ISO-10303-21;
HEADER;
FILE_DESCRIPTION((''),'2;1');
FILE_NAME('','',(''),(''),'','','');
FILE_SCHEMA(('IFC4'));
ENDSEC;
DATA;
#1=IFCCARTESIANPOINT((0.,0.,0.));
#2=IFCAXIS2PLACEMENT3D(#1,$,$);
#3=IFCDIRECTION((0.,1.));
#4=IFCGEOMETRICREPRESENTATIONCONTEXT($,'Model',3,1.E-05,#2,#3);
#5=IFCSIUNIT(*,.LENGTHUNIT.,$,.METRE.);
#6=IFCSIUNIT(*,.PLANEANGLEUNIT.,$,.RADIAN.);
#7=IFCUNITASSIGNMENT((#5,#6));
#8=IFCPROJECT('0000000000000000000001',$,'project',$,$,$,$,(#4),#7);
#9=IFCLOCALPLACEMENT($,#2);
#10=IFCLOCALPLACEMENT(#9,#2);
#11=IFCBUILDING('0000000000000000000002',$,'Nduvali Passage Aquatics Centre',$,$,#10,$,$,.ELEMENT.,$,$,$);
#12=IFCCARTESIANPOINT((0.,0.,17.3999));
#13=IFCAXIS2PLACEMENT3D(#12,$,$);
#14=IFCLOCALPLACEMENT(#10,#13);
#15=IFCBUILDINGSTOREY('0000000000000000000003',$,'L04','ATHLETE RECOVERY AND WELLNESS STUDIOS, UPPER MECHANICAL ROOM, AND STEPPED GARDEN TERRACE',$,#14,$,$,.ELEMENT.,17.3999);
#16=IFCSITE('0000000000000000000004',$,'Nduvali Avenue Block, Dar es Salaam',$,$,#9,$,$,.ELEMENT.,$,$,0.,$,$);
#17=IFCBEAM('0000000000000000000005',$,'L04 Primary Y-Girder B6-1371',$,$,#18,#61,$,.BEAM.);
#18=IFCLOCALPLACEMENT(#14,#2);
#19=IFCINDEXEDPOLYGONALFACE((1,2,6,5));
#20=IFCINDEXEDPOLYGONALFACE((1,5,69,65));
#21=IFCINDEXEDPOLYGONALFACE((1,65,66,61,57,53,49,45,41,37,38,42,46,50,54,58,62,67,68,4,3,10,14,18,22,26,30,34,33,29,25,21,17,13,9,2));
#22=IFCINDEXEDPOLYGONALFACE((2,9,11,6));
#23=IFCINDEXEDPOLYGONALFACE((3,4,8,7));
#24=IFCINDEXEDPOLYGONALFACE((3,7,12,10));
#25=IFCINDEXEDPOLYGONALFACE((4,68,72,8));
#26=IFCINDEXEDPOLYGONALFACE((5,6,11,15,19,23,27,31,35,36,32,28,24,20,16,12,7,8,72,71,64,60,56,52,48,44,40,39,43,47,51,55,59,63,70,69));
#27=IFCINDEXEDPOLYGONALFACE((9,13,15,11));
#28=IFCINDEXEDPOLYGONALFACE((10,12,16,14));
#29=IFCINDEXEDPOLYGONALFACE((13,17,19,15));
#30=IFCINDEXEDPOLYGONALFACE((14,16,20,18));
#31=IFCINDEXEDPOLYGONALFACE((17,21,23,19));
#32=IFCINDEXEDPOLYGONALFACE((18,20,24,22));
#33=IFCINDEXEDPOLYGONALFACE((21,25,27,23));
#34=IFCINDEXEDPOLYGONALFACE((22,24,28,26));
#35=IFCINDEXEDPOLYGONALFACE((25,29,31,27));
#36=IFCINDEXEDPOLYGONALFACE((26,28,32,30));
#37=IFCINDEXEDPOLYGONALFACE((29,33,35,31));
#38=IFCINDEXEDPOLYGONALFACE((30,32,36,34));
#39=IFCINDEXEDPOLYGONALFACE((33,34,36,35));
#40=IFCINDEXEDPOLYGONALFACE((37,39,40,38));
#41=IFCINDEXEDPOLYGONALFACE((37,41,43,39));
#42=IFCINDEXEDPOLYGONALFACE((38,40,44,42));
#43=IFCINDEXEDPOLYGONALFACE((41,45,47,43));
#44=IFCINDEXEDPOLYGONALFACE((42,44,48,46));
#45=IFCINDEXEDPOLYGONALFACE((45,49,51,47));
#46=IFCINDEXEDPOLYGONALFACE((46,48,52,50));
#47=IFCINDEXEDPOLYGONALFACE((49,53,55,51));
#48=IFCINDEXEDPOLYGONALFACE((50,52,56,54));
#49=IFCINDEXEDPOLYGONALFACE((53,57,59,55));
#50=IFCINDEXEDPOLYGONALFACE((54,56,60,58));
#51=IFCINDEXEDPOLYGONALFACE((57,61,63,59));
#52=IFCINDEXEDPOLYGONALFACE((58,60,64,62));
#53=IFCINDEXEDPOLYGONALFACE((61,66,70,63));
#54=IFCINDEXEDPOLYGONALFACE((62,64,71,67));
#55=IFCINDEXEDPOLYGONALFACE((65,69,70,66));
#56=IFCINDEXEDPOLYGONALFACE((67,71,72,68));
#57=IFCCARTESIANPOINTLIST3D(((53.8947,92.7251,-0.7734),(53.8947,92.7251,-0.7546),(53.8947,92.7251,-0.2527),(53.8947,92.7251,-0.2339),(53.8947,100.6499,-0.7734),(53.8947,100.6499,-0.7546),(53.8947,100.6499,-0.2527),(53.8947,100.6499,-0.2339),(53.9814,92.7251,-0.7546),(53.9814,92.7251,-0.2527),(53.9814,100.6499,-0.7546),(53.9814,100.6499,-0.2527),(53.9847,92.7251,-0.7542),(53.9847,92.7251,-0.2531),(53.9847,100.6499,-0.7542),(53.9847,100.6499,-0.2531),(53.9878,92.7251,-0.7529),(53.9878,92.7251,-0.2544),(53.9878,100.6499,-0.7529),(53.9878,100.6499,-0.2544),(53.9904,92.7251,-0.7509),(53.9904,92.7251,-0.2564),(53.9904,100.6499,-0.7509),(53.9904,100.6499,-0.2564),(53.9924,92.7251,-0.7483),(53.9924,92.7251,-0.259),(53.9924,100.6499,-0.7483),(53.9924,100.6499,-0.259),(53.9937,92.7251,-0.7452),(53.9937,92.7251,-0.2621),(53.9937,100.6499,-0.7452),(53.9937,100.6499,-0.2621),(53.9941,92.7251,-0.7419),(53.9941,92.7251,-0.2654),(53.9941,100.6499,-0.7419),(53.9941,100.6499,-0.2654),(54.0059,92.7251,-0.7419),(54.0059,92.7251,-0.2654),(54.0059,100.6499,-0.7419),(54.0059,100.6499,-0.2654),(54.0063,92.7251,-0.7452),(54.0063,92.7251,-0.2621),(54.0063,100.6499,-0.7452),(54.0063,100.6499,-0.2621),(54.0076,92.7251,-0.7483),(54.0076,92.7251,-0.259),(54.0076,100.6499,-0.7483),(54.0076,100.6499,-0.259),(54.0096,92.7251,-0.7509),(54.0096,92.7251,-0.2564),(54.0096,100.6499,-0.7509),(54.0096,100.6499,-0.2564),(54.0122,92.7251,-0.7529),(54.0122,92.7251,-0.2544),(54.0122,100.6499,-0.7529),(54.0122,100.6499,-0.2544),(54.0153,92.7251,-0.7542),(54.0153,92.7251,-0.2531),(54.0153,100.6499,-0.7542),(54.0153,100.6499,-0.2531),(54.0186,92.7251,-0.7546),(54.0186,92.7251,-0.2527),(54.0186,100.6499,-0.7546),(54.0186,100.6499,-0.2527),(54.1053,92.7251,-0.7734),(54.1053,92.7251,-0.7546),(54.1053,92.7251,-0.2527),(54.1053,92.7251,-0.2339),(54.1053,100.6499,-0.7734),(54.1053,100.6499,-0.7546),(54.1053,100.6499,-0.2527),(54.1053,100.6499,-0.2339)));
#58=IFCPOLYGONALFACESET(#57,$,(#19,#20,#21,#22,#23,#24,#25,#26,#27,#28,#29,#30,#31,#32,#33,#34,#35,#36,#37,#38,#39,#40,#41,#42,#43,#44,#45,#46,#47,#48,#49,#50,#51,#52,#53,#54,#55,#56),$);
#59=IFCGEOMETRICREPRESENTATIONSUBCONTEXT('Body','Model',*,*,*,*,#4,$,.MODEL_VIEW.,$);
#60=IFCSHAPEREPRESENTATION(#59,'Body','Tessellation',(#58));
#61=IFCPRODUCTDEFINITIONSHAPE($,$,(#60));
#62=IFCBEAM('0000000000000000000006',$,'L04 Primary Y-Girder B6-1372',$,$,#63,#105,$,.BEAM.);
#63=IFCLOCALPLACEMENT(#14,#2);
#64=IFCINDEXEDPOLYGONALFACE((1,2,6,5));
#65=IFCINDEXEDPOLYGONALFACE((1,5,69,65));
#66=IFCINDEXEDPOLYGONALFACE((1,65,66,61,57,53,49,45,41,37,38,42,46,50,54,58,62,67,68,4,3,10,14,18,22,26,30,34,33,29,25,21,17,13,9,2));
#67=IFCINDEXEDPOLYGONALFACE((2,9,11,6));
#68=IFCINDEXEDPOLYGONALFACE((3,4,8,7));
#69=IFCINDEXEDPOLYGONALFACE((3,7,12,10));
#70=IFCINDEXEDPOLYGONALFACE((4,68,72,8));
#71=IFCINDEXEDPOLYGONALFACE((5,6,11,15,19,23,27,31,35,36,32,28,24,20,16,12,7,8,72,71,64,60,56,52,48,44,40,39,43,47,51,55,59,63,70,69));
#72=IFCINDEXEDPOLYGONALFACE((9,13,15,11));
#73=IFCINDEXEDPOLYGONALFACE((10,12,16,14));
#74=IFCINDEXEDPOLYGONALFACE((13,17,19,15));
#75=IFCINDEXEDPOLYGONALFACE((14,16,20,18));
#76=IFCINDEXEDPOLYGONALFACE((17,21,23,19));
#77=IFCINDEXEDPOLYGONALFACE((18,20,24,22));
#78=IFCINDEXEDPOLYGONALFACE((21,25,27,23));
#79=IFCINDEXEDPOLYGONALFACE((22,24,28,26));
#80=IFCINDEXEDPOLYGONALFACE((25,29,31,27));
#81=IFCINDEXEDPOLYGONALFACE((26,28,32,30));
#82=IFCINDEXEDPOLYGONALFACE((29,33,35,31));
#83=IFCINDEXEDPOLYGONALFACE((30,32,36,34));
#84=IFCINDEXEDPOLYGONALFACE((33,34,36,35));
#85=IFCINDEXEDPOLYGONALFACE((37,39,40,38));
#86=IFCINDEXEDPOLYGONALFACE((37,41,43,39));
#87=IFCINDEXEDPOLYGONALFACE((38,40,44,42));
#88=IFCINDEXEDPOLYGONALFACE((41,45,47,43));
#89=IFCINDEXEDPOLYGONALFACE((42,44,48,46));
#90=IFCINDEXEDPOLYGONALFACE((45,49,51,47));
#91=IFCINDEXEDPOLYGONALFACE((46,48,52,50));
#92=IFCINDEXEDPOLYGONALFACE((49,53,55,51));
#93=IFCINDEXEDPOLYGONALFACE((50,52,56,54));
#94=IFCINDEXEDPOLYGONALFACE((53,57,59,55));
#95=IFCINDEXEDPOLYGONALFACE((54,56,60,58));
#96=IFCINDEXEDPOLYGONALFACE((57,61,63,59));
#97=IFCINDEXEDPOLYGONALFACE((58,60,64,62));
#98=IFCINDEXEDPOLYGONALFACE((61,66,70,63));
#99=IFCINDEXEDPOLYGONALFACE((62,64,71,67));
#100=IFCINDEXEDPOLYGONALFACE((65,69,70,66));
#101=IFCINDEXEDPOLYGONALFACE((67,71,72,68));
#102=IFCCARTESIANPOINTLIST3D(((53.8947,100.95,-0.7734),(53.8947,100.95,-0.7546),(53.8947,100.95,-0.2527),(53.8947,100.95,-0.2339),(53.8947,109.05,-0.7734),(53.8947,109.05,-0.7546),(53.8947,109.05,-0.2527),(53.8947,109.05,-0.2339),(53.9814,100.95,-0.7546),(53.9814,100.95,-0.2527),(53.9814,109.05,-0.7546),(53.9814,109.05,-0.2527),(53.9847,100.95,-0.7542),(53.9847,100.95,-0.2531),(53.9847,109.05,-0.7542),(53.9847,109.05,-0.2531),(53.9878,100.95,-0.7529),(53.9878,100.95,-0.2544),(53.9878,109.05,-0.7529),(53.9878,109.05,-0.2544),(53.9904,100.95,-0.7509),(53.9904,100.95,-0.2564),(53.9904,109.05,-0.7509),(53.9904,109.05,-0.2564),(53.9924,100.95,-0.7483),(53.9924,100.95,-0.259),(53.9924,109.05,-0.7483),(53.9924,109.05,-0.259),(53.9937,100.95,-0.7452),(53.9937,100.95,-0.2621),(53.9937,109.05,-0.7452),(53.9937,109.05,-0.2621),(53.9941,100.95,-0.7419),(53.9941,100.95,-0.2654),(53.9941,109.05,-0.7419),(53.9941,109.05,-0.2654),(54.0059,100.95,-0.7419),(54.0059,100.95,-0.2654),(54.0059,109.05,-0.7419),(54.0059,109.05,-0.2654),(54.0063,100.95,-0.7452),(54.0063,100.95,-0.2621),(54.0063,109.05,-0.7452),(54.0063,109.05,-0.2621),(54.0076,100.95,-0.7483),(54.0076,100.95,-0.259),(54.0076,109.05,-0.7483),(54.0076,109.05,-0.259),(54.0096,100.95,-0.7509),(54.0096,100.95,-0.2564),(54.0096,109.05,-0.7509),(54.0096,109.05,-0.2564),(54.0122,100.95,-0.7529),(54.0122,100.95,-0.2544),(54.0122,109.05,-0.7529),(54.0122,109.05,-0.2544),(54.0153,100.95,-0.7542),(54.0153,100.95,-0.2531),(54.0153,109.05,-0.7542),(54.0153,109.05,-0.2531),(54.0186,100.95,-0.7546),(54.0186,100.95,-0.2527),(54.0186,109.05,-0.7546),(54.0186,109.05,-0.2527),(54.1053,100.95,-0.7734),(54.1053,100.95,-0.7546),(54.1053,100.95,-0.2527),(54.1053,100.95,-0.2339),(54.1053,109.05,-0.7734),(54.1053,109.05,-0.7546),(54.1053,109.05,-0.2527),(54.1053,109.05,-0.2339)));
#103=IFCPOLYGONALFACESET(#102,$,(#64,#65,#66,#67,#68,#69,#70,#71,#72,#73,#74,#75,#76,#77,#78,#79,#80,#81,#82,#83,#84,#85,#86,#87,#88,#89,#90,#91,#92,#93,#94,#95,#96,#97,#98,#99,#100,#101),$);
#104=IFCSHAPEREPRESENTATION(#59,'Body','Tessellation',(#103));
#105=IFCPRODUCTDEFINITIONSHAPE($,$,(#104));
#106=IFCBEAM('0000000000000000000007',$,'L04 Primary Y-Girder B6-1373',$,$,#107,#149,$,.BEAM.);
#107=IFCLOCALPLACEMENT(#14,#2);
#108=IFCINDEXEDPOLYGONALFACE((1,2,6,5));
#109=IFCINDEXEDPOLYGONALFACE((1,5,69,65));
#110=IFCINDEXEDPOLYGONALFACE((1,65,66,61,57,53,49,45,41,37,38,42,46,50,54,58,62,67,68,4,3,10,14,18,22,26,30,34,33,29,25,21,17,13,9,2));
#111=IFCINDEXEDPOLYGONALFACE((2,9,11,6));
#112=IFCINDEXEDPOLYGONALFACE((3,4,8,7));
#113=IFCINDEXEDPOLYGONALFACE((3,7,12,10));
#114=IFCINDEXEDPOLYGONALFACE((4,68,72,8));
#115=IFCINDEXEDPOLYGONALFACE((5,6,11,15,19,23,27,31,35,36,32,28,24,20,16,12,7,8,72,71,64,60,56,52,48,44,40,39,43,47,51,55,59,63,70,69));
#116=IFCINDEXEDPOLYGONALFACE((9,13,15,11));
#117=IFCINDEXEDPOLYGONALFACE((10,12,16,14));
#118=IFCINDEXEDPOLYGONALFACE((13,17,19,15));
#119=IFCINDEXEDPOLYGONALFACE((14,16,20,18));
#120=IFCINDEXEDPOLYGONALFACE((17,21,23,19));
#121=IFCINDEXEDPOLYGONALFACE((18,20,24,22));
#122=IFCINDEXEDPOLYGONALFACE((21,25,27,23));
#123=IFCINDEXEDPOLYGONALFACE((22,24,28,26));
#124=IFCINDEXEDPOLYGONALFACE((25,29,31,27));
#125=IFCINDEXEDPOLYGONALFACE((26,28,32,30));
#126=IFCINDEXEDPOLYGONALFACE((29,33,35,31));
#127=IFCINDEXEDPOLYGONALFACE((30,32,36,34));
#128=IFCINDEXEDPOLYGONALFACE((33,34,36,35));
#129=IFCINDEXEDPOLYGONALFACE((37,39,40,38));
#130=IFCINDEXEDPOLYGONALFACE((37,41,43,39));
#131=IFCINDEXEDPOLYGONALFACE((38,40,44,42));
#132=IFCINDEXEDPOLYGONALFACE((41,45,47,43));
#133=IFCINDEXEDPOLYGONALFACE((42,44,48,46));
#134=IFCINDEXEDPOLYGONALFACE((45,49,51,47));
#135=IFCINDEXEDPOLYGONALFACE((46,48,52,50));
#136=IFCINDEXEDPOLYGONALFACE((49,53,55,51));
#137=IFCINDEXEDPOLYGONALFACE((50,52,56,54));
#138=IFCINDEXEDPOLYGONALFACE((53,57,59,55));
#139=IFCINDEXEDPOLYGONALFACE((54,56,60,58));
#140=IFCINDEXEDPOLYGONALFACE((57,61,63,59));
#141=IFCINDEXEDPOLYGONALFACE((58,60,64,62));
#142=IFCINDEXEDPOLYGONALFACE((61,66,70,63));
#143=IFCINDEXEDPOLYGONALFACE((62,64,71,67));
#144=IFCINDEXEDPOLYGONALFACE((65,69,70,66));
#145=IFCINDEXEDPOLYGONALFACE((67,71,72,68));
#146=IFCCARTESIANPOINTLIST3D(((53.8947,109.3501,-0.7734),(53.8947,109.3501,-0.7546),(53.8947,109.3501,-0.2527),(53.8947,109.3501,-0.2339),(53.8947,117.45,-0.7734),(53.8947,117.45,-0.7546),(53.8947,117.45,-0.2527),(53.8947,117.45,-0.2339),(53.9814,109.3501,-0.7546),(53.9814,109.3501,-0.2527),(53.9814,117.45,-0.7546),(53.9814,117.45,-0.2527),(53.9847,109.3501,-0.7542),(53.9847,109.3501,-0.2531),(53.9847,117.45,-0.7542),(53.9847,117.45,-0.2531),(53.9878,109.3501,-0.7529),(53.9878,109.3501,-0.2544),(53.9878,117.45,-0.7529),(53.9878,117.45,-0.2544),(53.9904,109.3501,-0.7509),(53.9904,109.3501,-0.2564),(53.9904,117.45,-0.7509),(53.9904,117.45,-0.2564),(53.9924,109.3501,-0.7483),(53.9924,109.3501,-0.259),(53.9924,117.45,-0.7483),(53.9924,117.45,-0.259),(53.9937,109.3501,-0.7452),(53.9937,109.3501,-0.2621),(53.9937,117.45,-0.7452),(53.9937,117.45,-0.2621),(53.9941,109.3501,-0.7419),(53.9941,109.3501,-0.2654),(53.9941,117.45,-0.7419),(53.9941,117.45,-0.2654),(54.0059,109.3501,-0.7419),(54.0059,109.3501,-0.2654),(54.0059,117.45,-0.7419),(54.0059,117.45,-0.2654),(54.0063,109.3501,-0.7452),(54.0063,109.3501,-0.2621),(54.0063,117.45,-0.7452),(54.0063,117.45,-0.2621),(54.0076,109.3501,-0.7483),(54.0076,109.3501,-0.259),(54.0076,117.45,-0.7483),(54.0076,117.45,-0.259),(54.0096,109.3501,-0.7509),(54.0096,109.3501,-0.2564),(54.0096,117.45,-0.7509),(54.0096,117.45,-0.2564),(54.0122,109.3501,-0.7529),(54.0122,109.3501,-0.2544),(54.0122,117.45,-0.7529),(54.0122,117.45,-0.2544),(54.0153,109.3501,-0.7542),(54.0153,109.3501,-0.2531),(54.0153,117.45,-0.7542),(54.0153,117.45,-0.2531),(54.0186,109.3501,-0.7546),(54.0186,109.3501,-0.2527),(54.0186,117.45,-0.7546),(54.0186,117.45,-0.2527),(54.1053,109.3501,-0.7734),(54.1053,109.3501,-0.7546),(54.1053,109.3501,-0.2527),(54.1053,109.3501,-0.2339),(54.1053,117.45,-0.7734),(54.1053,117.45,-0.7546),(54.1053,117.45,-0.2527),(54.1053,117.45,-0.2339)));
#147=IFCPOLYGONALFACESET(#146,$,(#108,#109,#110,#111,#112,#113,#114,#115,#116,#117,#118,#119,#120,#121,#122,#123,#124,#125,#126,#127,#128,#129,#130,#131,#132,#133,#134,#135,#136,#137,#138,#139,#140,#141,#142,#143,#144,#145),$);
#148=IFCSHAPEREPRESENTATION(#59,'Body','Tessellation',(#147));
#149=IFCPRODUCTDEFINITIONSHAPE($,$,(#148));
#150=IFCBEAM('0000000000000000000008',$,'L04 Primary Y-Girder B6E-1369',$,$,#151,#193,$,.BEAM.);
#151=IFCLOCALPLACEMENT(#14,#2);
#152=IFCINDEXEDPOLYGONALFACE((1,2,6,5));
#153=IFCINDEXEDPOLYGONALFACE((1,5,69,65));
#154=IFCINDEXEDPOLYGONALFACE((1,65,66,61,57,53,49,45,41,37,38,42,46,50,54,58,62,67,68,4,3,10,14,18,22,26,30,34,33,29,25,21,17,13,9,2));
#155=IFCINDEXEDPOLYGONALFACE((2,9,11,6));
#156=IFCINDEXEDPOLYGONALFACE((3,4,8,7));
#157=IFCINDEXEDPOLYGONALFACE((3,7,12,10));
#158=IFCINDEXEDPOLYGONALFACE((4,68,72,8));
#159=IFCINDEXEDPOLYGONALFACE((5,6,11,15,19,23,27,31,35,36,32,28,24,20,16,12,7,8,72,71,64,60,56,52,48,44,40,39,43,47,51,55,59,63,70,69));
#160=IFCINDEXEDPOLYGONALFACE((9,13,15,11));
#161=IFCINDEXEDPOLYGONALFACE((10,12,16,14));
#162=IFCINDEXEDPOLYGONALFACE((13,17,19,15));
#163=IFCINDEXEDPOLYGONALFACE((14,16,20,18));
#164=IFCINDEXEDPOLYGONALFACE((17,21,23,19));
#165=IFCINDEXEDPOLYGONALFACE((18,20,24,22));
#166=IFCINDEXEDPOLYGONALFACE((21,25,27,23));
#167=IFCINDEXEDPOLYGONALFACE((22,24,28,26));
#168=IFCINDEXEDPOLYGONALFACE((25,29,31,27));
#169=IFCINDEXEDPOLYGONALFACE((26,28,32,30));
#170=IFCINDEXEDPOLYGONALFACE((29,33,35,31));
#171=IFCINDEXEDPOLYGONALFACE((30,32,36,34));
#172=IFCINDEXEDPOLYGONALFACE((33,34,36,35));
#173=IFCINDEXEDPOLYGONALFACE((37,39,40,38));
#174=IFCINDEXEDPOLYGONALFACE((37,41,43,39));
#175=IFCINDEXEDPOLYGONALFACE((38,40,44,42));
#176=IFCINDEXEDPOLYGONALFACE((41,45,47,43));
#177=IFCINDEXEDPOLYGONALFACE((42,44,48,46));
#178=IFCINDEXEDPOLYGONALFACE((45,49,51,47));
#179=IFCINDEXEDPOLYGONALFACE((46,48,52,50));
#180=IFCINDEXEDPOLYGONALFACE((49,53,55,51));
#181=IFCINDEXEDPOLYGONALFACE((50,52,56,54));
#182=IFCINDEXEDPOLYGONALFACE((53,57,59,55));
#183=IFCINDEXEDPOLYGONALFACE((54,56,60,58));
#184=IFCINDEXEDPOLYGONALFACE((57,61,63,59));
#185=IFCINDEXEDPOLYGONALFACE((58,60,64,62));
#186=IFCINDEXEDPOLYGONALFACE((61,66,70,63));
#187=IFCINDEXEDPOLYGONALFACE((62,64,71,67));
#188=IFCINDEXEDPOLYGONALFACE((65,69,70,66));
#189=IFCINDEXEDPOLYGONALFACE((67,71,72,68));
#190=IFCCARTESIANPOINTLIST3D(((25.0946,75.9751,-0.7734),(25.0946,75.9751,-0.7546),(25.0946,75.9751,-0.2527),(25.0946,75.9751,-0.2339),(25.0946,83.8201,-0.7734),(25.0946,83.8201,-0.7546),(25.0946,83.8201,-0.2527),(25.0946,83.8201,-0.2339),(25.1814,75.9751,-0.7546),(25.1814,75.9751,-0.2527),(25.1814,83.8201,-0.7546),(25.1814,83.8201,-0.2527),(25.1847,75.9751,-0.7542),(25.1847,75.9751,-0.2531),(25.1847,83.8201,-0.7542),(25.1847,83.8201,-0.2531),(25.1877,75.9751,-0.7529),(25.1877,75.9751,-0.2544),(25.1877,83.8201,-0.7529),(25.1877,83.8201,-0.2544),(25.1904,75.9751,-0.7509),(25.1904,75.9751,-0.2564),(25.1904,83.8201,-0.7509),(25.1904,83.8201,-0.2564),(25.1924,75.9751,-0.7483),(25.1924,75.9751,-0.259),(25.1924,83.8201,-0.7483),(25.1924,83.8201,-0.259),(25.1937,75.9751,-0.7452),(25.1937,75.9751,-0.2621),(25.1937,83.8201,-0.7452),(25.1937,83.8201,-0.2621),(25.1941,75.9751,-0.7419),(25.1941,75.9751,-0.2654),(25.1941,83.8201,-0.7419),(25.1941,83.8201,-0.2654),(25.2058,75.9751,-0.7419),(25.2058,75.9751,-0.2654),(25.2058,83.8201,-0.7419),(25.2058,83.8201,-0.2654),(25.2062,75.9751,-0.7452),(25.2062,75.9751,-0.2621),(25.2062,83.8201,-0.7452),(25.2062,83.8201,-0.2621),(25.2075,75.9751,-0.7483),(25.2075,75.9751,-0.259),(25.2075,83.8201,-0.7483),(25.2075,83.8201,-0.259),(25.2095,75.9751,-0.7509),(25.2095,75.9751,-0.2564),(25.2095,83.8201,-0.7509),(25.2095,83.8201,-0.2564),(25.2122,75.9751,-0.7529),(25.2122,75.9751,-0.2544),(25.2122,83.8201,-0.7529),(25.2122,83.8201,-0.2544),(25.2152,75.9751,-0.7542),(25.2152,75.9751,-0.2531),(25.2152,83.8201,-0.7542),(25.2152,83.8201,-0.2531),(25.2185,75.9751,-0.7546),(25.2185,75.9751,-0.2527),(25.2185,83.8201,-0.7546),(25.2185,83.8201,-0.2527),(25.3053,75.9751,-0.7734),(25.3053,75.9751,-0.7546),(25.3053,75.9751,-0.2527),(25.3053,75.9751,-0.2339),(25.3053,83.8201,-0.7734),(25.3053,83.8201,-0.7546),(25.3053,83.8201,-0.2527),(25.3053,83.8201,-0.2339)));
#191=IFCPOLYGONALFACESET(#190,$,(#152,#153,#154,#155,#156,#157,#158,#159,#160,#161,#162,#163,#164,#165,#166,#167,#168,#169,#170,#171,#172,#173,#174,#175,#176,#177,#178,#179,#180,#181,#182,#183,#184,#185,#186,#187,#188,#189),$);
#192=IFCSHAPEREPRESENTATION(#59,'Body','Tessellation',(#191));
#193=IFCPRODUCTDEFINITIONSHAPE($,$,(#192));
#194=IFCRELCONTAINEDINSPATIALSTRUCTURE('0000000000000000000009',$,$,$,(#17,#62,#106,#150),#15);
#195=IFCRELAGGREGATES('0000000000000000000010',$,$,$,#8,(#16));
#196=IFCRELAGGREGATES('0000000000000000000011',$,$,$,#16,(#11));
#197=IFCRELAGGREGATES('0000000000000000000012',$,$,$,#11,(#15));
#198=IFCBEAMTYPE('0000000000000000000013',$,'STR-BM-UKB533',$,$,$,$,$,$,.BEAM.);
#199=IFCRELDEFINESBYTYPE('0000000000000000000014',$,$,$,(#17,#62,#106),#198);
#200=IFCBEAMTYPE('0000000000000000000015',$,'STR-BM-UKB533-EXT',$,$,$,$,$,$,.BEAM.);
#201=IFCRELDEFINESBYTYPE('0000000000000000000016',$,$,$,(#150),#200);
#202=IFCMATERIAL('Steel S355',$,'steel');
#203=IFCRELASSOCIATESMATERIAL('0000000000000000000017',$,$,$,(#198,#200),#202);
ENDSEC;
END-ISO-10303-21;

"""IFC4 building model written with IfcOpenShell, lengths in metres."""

from ifc_helpers import new_model, si_unit, direction, frame, origin, origin_2d, place, context, subcontext, project, spatial, i_section, extrude, material, material_profile, profile_set, type_object, element, save


model = new_model("IFC4")

# Units and contexts
model_context = context("Model", 3, precision=1e-05, world=origin(), true_north=direction((0.0, 1.0)))
body_context = subcontext(model_context, "Body", "Model", "MODEL_VIEW")
ifc_project = project(units=[si_unit("LENGTHUNIT", "METRE"), si_unit("PLANEANGLEUNIT", "RADIAN")], contexts=[model_context])

# Site, building, storey
site_placement = place(None, origin())
site = spatial("IfcSite", under=ifc_project, at=site_placement, Name="Nduvali Avenue Block, Dar es Salaam", CompositionType="ELEMENT", RefElevation=0.0)
building_placement = place(site_placement, origin())
building = spatial("IfcBuilding", under=site, at=building_placement, Name="Nduvali Passage Aquatics Centre", CompositionType="ELEMENT")
storey_placement = place(building_placement, frame((0.0, 0.0, 17.3999)))
storey = spatial("IfcBuildingStorey", under=building, at=storey_placement, Name="L04", Description="ATHLETE RECOVERY AND WELLNESS STUDIOS, UPPER MECHANICAL ROOM, AND STEPPED GARDEN TERRACE", CompositionType="ELEMENT", Elevation=17.3999)

# Shared definitions
ifc_material_1 = material(Name="Steel S355", Category="steel")

# Beams
ifc_material_profile_1 = material_profile(ifc_material_1, i_section(OverallWidth=0.2107, OverallDepth=0.5396, WebThickness=0.0117, FlangeThickness=0.0188, FilletRadius=0.0127, at=origin_2d()), Name="UKB 533x210x109")
ifc_profile_set_1 = profile_set([ifc_material_profile_1], Name="Steel S355")
beam_type_1 = type_object("IfcBeamType", Name="STR-BM-UKB533", PredefinedType="BEAM", material=ifc_profile_set_1)
beam_1_placement = place(storey_placement, frame((54.0, 92.7251, -0.5037), z_axis=(0.0, 1.0, 0.0), x_axis=(-1.0, 0.0, 0.0)))
element("IfcBeam", 1, at=beam_1_placement, inside=storey, type_object=beam_type_1, Name="L04 Primary Y-Girder B6-1371", PredefinedType="BEAM", context=body_context, shape_type="SweptSolid", body=[
    extrude(i_section(OverallWidth=0.2107, OverallDepth=0.5396, WebThickness=0.0117, FlangeThickness=0.0188, FilletRadius=0.0127, at=origin_2d()), origin(), (0.0, 0.0, 1.0), 7.9248),
])
beam_2_placement = place(storey_placement, frame((54.0, 100.95, -0.5037), z_axis=(0.0, 1.0, 0.0), x_axis=(-1.0, 0.0, 0.0)))
element("IfcBeam", 2, at=beam_2_placement, inside=storey, type_object=beam_type_1, Name="L04 Primary Y-Girder B6-1372", PredefinedType="BEAM", context=body_context, shape_type="SweptSolid", body=[
    extrude(i_section(OverallWidth=0.2107, OverallDepth=0.5396, WebThickness=0.0117, FlangeThickness=0.0188, FilletRadius=0.0127, at=origin_2d()), origin(), (0.0, 0.0, 1.0), 8.1001),
])
beam_3_placement = place(storey_placement, frame((54.0, 109.3501, -0.5037), z_axis=(0.0, 1.0, 0.0), x_axis=(-1.0, 0.0, 0.0)))
element("IfcBeam", 3, at=beam_3_placement, inside=storey, type_object=beam_type_1, Name="L04 Primary Y-Girder B6-1373", PredefinedType="BEAM", context=body_context, shape_type="SweptSolid", body=[
    extrude(i_section(OverallWidth=0.2107, OverallDepth=0.5396, WebThickness=0.0117, FlangeThickness=0.0188, FilletRadius=0.0127, at=origin_2d()), origin(), (0.0, 0.0, 1.0), 8.0999),
])
ifc_material_profile_2 = material_profile(ifc_material_1, i_section(OverallWidth=0.2107, OverallDepth=0.5396, WebThickness=0.0117, FlangeThickness=0.0188, FilletRadius=0.0127, at=origin_2d()), Name="UKB 533x210x109")
ifc_profile_set_2 = profile_set([ifc_material_profile_2], Name="Steel S355")
beam_type_2 = type_object("IfcBeamType", Name="STR-BM-UKB533-EXT", PredefinedType="BEAM", material=ifc_profile_set_2)
beam_4_placement = place(storey_placement, frame((25.2, 75.9751, -0.5037), z_axis=(0.0, 1.0, 0.0), x_axis=(-1.0, 0.0, 0.0)))
element("IfcBeam", 4, at=beam_4_placement, inside=storey, type_object=beam_type_2, Name="L04 Primary Y-Girder B6E-1369", PredefinedType="BEAM", context=body_context, shape_type="SweptSolid", body=[
    extrude(i_section(OverallWidth=0.2107, OverallDepth=0.5396, WebThickness=0.0117, FlangeThickness=0.0188, FilletRadius=0.0127, at=origin_2d()), origin(), (0.0, 0.0, 1.0), 7.845),
])

save(model, "model.ifc")
